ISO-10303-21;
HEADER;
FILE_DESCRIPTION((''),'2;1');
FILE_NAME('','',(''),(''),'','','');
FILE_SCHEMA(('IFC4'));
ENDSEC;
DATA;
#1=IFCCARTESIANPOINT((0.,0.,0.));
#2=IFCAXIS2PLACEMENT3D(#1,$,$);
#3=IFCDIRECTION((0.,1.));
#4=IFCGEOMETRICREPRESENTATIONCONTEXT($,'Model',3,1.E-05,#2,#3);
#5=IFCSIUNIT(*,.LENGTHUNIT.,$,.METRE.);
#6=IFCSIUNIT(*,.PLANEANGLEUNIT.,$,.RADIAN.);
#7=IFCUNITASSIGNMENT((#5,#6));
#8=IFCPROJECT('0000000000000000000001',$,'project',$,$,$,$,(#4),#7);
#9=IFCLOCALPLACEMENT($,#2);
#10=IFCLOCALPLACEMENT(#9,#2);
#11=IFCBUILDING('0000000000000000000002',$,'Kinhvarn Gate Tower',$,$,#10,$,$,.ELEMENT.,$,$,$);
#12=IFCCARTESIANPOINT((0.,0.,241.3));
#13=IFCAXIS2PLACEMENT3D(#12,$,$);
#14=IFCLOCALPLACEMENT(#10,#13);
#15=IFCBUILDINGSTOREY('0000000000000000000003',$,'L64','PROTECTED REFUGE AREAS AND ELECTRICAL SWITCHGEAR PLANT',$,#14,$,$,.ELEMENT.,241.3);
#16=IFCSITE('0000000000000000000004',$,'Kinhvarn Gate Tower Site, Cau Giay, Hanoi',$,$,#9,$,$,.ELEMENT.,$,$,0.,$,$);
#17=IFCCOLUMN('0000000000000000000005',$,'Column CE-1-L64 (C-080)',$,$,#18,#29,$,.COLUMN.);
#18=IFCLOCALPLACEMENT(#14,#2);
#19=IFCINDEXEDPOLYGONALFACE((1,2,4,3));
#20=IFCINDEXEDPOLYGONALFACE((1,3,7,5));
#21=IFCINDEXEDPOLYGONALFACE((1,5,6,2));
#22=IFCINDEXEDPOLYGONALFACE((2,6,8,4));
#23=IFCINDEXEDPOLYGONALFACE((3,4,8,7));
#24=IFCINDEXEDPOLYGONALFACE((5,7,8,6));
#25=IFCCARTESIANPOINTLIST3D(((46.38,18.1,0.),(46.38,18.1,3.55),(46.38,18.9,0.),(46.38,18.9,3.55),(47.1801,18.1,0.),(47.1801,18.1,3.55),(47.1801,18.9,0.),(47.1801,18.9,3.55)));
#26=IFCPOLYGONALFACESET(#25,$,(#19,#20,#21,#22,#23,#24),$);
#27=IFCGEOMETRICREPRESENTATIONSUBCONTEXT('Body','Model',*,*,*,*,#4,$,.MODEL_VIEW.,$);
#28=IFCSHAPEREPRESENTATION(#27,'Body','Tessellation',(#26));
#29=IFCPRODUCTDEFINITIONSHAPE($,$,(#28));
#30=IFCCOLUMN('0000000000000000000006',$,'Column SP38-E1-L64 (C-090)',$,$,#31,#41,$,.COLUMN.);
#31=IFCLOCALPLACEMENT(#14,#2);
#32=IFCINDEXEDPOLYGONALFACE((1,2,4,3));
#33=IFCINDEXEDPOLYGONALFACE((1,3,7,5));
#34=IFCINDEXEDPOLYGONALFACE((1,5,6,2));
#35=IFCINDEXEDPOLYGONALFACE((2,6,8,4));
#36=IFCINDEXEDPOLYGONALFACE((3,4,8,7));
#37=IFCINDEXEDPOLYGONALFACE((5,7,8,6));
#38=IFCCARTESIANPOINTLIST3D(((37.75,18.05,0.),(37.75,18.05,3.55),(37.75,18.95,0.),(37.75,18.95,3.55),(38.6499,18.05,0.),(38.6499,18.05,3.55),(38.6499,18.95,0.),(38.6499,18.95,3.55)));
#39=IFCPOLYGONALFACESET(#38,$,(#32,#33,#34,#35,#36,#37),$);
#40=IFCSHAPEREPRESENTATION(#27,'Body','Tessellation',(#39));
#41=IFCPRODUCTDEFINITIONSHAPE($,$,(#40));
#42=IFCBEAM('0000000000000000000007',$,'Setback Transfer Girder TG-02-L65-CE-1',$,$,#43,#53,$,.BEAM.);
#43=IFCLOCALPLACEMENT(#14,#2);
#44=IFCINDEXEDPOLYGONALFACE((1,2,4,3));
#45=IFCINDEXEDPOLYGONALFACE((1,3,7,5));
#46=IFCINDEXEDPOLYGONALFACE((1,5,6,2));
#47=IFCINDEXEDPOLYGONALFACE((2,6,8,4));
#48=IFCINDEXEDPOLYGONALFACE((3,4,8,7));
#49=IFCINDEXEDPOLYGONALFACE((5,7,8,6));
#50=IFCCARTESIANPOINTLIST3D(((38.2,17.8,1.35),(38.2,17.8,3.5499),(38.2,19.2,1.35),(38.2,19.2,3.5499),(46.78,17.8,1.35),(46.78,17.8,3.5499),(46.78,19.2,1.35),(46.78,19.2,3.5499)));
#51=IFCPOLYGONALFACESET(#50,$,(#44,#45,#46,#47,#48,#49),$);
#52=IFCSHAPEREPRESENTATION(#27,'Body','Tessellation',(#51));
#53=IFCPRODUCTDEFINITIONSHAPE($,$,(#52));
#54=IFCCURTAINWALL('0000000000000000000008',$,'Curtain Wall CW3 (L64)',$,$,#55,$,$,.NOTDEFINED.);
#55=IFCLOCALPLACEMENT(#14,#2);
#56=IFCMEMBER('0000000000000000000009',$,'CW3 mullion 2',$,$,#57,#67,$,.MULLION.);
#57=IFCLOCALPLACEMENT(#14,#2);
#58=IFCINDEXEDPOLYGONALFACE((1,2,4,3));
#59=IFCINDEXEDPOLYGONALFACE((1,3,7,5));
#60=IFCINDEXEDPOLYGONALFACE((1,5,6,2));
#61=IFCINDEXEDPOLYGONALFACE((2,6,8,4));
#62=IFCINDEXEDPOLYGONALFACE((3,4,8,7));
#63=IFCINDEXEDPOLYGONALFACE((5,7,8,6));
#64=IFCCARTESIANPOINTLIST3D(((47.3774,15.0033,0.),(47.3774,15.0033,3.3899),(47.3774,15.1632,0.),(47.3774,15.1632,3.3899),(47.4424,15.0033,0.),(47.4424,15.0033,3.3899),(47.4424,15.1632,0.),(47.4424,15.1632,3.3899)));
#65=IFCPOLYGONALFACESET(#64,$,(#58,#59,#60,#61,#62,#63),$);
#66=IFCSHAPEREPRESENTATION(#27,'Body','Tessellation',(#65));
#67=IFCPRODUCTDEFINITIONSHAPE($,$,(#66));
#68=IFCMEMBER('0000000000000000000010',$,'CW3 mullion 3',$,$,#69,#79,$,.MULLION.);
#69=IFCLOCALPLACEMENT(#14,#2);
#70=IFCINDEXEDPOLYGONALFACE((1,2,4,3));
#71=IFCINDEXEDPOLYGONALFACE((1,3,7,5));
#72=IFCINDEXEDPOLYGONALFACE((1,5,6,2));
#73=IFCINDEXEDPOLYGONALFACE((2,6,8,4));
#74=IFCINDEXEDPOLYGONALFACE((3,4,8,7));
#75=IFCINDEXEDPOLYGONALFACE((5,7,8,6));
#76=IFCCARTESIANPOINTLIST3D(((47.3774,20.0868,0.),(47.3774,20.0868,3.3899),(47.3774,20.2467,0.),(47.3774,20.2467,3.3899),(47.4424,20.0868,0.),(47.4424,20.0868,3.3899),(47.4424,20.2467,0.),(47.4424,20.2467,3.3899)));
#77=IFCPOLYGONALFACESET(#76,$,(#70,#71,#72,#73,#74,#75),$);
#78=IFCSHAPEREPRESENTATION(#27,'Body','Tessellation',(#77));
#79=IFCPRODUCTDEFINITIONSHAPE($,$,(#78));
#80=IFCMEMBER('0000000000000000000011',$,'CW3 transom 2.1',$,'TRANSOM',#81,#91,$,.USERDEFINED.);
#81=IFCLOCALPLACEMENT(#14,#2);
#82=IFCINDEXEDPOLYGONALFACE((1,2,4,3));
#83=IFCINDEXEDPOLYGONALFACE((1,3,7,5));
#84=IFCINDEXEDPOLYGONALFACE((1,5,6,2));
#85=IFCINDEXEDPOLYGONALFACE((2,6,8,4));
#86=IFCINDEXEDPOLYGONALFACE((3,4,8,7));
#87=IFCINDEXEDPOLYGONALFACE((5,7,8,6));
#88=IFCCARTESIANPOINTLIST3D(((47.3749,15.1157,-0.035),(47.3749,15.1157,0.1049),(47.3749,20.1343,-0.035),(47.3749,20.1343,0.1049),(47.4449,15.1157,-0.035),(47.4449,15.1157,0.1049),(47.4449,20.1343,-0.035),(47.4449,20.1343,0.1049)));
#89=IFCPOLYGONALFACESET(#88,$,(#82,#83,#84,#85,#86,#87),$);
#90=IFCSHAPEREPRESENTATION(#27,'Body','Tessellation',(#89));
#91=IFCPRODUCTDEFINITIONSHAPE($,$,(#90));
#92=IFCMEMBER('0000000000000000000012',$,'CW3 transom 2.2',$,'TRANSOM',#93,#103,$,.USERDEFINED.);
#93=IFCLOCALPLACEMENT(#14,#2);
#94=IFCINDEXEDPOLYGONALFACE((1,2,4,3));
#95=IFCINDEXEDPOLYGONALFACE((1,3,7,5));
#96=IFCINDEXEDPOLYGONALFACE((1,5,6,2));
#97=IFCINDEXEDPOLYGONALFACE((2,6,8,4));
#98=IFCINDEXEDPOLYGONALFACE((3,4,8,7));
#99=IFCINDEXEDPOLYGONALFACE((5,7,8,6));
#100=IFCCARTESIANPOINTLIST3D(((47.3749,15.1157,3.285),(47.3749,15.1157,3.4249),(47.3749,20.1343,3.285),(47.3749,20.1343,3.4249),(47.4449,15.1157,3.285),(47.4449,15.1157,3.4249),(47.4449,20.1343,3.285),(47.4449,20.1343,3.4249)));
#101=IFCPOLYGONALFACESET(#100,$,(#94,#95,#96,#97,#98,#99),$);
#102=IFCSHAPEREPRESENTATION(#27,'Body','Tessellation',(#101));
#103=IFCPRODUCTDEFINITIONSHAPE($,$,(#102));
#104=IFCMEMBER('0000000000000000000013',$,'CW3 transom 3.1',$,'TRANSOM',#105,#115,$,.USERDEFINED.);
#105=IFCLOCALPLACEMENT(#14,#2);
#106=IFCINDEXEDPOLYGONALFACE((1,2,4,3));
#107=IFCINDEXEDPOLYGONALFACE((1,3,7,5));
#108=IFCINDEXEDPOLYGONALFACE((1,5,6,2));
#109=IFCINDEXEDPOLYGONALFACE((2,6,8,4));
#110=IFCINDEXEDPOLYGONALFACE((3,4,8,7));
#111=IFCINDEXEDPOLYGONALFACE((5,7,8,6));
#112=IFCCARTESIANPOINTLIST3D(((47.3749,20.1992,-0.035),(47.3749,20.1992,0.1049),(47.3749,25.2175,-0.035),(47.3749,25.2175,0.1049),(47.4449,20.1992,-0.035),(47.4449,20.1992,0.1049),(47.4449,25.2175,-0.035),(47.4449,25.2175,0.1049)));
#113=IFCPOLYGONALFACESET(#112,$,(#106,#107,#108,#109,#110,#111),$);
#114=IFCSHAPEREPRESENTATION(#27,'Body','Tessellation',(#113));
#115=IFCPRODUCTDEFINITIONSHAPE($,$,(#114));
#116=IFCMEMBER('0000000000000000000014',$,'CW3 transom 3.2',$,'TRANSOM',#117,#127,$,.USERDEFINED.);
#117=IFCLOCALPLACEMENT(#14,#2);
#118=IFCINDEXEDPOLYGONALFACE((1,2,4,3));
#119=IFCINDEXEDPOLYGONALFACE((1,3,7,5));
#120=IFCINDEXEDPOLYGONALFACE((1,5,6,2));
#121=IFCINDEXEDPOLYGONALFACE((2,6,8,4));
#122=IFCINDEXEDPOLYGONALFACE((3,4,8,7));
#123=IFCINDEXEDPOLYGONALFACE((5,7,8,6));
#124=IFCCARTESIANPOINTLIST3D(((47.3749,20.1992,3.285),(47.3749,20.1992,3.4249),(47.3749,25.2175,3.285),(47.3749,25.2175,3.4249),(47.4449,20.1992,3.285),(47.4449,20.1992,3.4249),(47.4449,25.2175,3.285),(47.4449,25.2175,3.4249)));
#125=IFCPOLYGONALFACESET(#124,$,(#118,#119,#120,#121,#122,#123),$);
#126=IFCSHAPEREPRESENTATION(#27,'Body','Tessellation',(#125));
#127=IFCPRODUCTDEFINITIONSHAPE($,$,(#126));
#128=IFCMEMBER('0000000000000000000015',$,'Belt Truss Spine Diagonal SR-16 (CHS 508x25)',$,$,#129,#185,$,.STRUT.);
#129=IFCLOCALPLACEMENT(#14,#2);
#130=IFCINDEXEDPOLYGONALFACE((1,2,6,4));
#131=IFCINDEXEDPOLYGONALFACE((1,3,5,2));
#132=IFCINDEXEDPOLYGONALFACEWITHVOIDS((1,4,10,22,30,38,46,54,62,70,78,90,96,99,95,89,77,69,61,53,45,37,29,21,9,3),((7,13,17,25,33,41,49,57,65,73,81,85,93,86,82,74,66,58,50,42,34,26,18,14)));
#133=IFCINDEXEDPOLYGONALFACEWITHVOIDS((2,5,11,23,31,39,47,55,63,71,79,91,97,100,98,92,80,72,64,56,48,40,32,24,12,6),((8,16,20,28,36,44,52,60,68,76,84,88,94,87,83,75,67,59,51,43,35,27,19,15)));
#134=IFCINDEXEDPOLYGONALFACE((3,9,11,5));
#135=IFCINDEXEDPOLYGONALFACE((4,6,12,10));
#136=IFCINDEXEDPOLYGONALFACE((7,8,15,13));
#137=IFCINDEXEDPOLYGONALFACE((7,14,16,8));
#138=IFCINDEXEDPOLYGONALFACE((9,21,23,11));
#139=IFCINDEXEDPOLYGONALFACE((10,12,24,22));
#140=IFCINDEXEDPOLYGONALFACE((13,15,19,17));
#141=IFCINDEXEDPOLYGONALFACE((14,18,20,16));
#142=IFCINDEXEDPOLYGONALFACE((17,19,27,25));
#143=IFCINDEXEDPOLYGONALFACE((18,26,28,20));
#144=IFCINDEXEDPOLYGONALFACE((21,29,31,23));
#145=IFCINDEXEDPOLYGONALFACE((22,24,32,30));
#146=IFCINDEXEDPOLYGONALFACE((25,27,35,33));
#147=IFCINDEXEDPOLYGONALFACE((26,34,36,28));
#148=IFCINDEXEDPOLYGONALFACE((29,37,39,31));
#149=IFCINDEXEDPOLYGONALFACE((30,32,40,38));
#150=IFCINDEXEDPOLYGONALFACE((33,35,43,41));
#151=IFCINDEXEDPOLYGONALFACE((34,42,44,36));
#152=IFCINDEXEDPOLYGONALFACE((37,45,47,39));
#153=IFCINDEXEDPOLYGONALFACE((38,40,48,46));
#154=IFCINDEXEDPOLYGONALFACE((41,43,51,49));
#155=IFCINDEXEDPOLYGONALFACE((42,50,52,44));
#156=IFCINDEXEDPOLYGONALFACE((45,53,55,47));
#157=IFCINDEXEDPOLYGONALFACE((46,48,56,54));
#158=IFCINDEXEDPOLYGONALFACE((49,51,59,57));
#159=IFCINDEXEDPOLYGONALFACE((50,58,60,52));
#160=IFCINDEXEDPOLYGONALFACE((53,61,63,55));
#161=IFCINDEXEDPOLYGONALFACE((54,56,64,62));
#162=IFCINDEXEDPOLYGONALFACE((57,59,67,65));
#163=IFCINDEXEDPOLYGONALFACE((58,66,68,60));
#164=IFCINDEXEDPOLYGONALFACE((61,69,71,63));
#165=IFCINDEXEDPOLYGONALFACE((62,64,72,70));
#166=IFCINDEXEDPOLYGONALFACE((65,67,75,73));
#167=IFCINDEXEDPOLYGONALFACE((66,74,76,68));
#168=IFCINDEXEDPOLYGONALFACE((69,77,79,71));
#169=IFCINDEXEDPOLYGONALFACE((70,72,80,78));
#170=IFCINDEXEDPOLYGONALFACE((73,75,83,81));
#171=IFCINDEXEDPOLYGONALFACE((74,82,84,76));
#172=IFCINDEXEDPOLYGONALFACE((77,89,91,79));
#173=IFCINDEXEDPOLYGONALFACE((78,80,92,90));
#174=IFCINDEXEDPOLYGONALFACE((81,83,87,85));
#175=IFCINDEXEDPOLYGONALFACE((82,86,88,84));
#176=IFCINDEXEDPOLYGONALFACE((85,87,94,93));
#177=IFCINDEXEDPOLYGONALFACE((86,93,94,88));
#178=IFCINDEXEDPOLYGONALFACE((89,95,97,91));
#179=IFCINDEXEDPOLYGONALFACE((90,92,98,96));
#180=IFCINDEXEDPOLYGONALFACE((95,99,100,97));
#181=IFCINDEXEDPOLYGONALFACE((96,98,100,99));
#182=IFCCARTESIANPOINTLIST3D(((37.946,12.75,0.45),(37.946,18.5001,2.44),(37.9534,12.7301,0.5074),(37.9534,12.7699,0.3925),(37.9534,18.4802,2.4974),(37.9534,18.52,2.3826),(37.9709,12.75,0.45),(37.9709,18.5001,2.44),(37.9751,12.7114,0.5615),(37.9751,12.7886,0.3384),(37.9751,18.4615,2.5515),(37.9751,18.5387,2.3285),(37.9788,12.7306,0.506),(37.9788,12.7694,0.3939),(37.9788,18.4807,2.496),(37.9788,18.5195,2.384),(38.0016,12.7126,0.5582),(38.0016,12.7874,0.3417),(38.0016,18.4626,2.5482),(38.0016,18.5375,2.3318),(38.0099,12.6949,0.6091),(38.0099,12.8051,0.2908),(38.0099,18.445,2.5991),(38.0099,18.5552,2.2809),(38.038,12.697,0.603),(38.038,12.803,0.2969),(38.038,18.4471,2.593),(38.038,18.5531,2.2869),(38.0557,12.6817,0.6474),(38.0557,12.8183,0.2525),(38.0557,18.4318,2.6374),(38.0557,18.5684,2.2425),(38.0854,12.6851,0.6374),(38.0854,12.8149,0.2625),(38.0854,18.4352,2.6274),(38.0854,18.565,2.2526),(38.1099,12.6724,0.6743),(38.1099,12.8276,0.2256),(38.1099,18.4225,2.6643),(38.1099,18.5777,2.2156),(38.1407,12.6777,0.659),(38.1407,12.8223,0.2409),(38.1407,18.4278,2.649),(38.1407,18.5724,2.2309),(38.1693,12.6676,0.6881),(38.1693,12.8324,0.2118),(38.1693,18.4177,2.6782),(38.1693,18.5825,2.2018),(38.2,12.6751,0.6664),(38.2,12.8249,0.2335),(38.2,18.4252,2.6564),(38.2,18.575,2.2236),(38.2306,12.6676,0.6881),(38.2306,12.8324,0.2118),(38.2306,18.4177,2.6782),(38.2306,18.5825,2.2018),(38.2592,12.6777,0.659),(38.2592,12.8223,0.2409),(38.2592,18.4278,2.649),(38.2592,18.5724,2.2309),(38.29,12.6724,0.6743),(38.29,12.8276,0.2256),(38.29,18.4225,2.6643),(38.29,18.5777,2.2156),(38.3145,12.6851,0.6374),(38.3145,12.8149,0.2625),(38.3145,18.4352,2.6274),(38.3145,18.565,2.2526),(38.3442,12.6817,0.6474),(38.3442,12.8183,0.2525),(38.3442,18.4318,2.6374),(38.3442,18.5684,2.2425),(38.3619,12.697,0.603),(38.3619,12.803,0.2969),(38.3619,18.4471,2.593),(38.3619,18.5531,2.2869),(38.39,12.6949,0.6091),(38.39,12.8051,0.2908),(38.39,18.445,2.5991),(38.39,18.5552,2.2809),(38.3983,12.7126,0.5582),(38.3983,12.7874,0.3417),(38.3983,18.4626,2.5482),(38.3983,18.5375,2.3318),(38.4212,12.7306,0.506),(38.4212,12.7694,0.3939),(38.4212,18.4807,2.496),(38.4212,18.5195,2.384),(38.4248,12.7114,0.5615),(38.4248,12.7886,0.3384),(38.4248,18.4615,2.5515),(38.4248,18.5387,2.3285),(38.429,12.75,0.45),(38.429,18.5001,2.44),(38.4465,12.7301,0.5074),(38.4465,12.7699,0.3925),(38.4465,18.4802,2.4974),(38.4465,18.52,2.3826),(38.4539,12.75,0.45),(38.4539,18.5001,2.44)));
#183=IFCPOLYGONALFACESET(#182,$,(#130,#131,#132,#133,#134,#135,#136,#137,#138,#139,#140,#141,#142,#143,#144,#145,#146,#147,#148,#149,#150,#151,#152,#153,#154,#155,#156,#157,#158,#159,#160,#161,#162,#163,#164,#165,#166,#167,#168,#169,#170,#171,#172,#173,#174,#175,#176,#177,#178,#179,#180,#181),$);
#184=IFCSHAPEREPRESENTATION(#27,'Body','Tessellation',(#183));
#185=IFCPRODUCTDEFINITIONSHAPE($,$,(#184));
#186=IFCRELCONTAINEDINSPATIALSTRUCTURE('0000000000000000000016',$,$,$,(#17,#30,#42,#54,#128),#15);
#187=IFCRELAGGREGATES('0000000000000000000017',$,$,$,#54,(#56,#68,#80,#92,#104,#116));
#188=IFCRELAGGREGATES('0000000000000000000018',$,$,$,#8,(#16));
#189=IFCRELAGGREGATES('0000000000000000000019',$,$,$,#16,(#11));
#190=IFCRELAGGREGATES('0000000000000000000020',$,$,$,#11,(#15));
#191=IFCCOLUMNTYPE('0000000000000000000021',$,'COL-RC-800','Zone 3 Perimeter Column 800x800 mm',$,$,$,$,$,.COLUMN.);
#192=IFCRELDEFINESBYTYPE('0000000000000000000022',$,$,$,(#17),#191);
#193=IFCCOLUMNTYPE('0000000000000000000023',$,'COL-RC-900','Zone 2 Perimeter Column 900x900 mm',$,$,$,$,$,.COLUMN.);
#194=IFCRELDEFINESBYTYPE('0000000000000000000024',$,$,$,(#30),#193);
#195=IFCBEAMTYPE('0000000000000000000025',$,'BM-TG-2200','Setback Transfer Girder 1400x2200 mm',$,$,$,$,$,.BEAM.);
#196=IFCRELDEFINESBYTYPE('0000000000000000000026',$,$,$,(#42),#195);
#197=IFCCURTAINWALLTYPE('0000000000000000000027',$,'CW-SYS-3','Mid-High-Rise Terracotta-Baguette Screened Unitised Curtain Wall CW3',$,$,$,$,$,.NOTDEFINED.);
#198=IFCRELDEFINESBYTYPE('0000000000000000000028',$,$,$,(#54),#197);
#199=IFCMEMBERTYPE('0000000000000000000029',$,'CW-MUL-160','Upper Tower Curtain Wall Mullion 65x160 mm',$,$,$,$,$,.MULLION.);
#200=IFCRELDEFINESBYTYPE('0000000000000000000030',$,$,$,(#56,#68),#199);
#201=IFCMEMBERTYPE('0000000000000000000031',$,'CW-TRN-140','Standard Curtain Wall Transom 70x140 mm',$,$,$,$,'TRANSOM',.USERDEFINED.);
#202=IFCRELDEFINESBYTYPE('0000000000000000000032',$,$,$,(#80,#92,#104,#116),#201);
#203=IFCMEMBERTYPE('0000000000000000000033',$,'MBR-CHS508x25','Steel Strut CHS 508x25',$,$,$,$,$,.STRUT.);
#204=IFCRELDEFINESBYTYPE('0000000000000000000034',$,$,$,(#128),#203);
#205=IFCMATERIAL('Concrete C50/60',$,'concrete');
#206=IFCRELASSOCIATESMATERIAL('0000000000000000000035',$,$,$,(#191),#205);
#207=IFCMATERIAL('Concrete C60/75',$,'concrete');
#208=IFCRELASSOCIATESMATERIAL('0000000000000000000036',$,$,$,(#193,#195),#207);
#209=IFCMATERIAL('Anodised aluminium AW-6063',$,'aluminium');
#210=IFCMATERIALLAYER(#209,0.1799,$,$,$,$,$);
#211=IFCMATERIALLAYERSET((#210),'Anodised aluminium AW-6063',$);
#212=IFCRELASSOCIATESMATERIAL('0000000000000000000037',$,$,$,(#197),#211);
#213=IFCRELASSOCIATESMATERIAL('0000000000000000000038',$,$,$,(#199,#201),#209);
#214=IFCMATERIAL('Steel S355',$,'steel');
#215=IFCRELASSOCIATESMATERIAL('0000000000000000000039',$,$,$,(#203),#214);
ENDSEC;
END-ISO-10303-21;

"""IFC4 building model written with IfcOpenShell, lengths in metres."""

from ifc_helpers import new_model, si_unit, direction, frame, origin, origin_2d, place, context, subcontext, project, spatial, rectangle, hollow_circle, extrude, material, layer, layer_set, material_profile, profile_set, type_object, element, aggregate, save


model = new_model("IFC4")

# Units and contexts
model_context = context("Model", 3, precision=1e-05, world=origin(), true_north=direction((0.0, 1.0)))
body_context = subcontext(model_context, "Body", "Model", "MODEL_VIEW")
ifc_project = project(units=[si_unit("LENGTHUNIT", "METRE"), si_unit("PLANEANGLEUNIT", "RADIAN")], contexts=[model_context])

# Site, building, storey
site_placement = place(None, origin())
site = spatial("IfcSite", under=ifc_project, at=site_placement, Name="Kinhvarn Gate Tower Site, Cau Giay, Hanoi", CompositionType="ELEMENT", RefElevation=0.0)
building_placement = place(site_placement, origin())
building = spatial("IfcBuilding", under=site, at=building_placement, Name="Kinhvarn Gate Tower", CompositionType="ELEMENT")
storey_placement = place(building_placement, frame((0.0, 0.0, 241.3)))
storey = spatial("IfcBuildingStorey", under=building, at=storey_placement, Name="L64", Description="PROTECTED REFUGE AREAS AND ELECTRICAL SWITCHGEAR PLANT", CompositionType="ELEMENT", Elevation=241.3)

# Columns
ifc_material_1 = material(Name="Concrete C50/60", Category="concrete")
ifc_material_profile_1 = material_profile(ifc_material_1, rectangle(XDim=0.8, YDim=0.8, at=origin_2d()), Name="RC 800x800")
ifc_profile_set_1 = profile_set([ifc_material_profile_1], Name="Concrete C50/60")
column_type_1 = type_object("IfcColumnType", Name="COL-RC-800", Description="Zone 3 Perimeter Column 800x800 mm", PredefinedType="COLUMN", material=ifc_profile_set_1)
column_1_placement = place(storey_placement, frame((46.78, 18.5, 0.0), z_axis=(0.0, 0.0, 1.0), x_axis=(1.0, 0.0, 0.0)))
element("IfcColumn", 1, at=column_1_placement, inside=storey, type_object=column_type_1, Name="Column CE-1-L64 (C-080)", PredefinedType="COLUMN", context=body_context, shape_type="SweptSolid", body=[
    extrude(rectangle(XDim=0.8, YDim=0.8, at=origin_2d()), origin(), (0.0, 0.0, 1.0), 3.55),
])
ifc_material_2 = material(Name="Concrete C60/75", Category="concrete")
ifc_material_profile_2 = material_profile(ifc_material_2, rectangle(XDim=0.8999, YDim=0.8999, at=origin_2d()), Name="RC 900x900")
ifc_profile_set_2 = profile_set([ifc_material_profile_2], Name="Concrete C60/75")
column_type_2 = type_object("IfcColumnType", Name="COL-RC-900", Description="Zone 2 Perimeter Column 900x900 mm", PredefinedType="COLUMN", material=ifc_profile_set_2)
column_2_placement = place(storey_placement, frame((38.2, 18.5, 0.0), z_axis=(0.0, 0.0, 1.0), x_axis=(1.0, 0.0, 0.0)))
element("IfcColumn", 2, at=column_2_placement, inside=storey, type_object=column_type_2, Name="Column SP38-E1-L64 (C-090)", PredefinedType="COLUMN", context=body_context, shape_type="SweptSolid", body=[
    extrude(rectangle(XDim=0.8999, YDim=0.8999, at=origin_2d()), origin(), (0.0, 0.0, 1.0), 3.55),
])

# Beam
ifc_material_profile_3 = material_profile(ifc_material_2, rectangle(XDim=1.3999, YDim=2.2, at=origin_2d()), Name="RC 1400x2200")
ifc_profile_set_3 = profile_set([ifc_material_profile_3], Name="Concrete C60/75")
beam_type_1 = type_object("IfcBeamType", Name="BM-TG-2200", Description="Setback Transfer Girder 1400x2200 mm", PredefinedType="BEAM", material=ifc_profile_set_3)
beam_1_placement = place(storey_placement, frame((38.2, 18.5, 2.45), z_axis=(1.0, 0.0, 0.0), x_axis=(0.0, 1.0, 0.0)))
element("IfcBeam", 3, at=beam_1_placement, inside=storey, type_object=beam_type_1, Name="Setback Transfer Girder TG-02-L65-CE-1", PredefinedType="BEAM", context=body_context, shape_type="SweptSolid", body=[
    extrude(rectangle(XDim=1.3999, YDim=2.2, at=origin_2d()), origin(), (0.0, 0.0, 1.0), 8.5801),
])

# Curtain wall, members
ifc_material_3 = material(Name="Anodised aluminium AW-6063", Category="aluminium")
ifc_layer_1 = layer(ifc_material_3, 0.1799)
ifc_layer_set_1 = layer_set([ifc_layer_1], Name="Anodised aluminium AW-6063")
curtain_wall_type = type_object("IfcCurtainWallType", Name="CW-SYS-3", Description="Mid-High-Rise Terracotta-Baguette Screened Unitised Curtain Wall CW3", PredefinedType="NOTDEFINED", material=ifc_layer_set_1)
curtain_wall_placement = place(storey_placement, origin())
curtain_wall = element("IfcCurtainWall", 4, at=curtain_wall_placement, inside=storey, type_object=curtain_wall_type, Name="Curtain Wall CW3 (L64)", PredefinedType="NOTDEFINED")
ifc_material_profile_4 = material_profile(ifc_material_3, rectangle(XDim=0.0649, YDim=0.1599, at=origin_2d()), Name="ALU 65x160")
ifc_profile_set_4 = profile_set([ifc_material_profile_4], Name="Anodised aluminium AW-6063")
member_type_1 = type_object("IfcMemberType", Name="CW-MUL-160", Description="Upper Tower Curtain Wall Mullion 65x160 mm", PredefinedType="MULLION", material=ifc_profile_set_4)
member_1_placement = place(storey_placement, frame((47.4099, 15.0833, 0.0), z_axis=(0.0, 0.0, 1.0), x_axis=(-1.0, 0.0, 0.0)))
member_1 = element("IfcMember", 5, at=member_1_placement, type_object=member_type_1, Name="CW3 mullion 2", PredefinedType="MULLION", context=body_context, shape_type="SweptSolid", body=[
    extrude(rectangle(XDim=0.0649, YDim=0.1599, at=origin_2d()), origin(), (0.0, 0.0, 1.0), 3.3899),
])
member_2_placement = place(storey_placement, frame((47.4099, 20.1667, 0.0), z_axis=(0.0, 0.0, 1.0), x_axis=(-1.0, 0.0, 0.0)))
member_2 = element("IfcMember", 6, at=member_2_placement, type_object=member_type_1, Name="CW3 mullion 3", PredefinedType="MULLION", context=body_context, shape_type="SweptSolid", body=[
    extrude(rectangle(XDim=0.0649, YDim=0.1599, at=origin_2d()), origin(), (0.0, 0.0, 1.0), 3.3899),
])
ifc_material_profile_5 = material_profile(ifc_material_3, rectangle(XDim=0.0701, YDim=0.1399, at=origin_2d()), Name="ALU 70x140")
ifc_profile_set_5 = profile_set([ifc_material_profile_5], Name="Anodised aluminium AW-6063")
member_type_2 = type_object("IfcMemberType", Name="CW-TRN-140", Description="Standard Curtain Wall Transom 70x140 mm", ElementType="TRANSOM", PredefinedType="USERDEFINED", material=ifc_profile_set_5)
member_3_placement = place(storey_placement, frame((47.4099, 15.1157, 0.0349), z_axis=(0.0, 1.0, 0.0), x_axis=(-1.0, 0.0, 0.0)))
member_3 = element("IfcMember", 7, at=member_3_placement, type_object=member_type_2, Name="CW3 transom 2.1", ObjectType="TRANSOM", PredefinedType="USERDEFINED", context=body_context, shape_type="SweptSolid", body=[
    extrude(rectangle(XDim=0.0701, YDim=0.1399, at=origin_2d()), origin(), (0.0, 0.0, 1.0), 5.0186),
])
member_4_placement = place(storey_placement, frame((47.4099, 15.1157, 3.355), z_axis=(0.0, 1.0, 0.0), x_axis=(-1.0, 0.0, 0.0)))
member_4 = element("IfcMember", 8, at=member_4_placement, type_object=member_type_2, Name="CW3 transom 2.2", ObjectType="TRANSOM", PredefinedType="USERDEFINED", context=body_context, shape_type="SweptSolid", body=[
    extrude(rectangle(XDim=0.0701, YDim=0.1399, at=origin_2d()), origin(), (0.0, 0.0, 1.0), 5.0186),
])
member_5_placement = place(storey_placement, frame((47.4099, 20.1992, 0.0349), z_axis=(0.0, 1.0, 0.0), x_axis=(-1.0, 0.0, 0.0)))
member_5 = element("IfcMember", 9, at=member_5_placement, type_object=member_type_2, Name="CW3 transom 3.1", ObjectType="TRANSOM", PredefinedType="USERDEFINED", context=body_context, shape_type="SweptSolid", body=[
    extrude(rectangle(XDim=0.0701, YDim=0.1399, at=origin_2d()), origin(), (0.0, 0.0, 1.0), 5.0183),
])
member_6_placement = place(storey_placement, frame((47.4099, 20.1992, 3.355), z_axis=(0.0, 1.0, 0.0), x_axis=(-1.0, 0.0, 0.0)))
member_6 = element("IfcMember", 10, at=member_6_placement, type_object=member_type_2, Name="CW3 transom 3.2", ObjectType="TRANSOM", PredefinedType="USERDEFINED", context=body_context, shape_type="SweptSolid", body=[
    extrude(rectangle(XDim=0.0701, YDim=0.1399, at=origin_2d()), origin(), (0.0, 0.0, 1.0), 5.0183),
])

# Member
ifc_material_4 = material(Name="Steel S355", Category="steel")
ifc_material_profile_6 = material_profile(ifc_material_4, hollow_circle(Radius=0.2539, WallThickness=0.0249, at=origin_2d()), Name="CHS 508x25")
ifc_profile_set_6 = profile_set([ifc_material_profile_6], Name="Steel S355")
member_type_3 = type_object("IfcMemberType", Name="MBR-CHS508x25", Description="Steel Strut CHS 508x25", PredefinedType="STRUT", material=ifc_profile_set_6)
member_7_placement = place(storey_placement, frame((38.2, 12.75, 0.45), z_axis=(0.0, 0.945006, 0.327053), x_axis=(-1.0, 0.0, 0.0)))
element("IfcMember", 11, at=member_7_placement, inside=storey, type_object=member_type_3, Name="Belt Truss Spine Diagonal SR-16 (CHS 508x25)", PredefinedType="STRUT", context=body_context, shape_type="SweptSolid", body=[
    extrude(hollow_circle(Radius=0.2539, WallThickness=0.0249, at=origin_2d()), origin(), (0.0, 0.0, 1.0), 6.0847),
])

aggregate(curtain_wall, [member_1, member_2, member_3, member_4, member_5, member_6])

save(model, "model.ifc")
